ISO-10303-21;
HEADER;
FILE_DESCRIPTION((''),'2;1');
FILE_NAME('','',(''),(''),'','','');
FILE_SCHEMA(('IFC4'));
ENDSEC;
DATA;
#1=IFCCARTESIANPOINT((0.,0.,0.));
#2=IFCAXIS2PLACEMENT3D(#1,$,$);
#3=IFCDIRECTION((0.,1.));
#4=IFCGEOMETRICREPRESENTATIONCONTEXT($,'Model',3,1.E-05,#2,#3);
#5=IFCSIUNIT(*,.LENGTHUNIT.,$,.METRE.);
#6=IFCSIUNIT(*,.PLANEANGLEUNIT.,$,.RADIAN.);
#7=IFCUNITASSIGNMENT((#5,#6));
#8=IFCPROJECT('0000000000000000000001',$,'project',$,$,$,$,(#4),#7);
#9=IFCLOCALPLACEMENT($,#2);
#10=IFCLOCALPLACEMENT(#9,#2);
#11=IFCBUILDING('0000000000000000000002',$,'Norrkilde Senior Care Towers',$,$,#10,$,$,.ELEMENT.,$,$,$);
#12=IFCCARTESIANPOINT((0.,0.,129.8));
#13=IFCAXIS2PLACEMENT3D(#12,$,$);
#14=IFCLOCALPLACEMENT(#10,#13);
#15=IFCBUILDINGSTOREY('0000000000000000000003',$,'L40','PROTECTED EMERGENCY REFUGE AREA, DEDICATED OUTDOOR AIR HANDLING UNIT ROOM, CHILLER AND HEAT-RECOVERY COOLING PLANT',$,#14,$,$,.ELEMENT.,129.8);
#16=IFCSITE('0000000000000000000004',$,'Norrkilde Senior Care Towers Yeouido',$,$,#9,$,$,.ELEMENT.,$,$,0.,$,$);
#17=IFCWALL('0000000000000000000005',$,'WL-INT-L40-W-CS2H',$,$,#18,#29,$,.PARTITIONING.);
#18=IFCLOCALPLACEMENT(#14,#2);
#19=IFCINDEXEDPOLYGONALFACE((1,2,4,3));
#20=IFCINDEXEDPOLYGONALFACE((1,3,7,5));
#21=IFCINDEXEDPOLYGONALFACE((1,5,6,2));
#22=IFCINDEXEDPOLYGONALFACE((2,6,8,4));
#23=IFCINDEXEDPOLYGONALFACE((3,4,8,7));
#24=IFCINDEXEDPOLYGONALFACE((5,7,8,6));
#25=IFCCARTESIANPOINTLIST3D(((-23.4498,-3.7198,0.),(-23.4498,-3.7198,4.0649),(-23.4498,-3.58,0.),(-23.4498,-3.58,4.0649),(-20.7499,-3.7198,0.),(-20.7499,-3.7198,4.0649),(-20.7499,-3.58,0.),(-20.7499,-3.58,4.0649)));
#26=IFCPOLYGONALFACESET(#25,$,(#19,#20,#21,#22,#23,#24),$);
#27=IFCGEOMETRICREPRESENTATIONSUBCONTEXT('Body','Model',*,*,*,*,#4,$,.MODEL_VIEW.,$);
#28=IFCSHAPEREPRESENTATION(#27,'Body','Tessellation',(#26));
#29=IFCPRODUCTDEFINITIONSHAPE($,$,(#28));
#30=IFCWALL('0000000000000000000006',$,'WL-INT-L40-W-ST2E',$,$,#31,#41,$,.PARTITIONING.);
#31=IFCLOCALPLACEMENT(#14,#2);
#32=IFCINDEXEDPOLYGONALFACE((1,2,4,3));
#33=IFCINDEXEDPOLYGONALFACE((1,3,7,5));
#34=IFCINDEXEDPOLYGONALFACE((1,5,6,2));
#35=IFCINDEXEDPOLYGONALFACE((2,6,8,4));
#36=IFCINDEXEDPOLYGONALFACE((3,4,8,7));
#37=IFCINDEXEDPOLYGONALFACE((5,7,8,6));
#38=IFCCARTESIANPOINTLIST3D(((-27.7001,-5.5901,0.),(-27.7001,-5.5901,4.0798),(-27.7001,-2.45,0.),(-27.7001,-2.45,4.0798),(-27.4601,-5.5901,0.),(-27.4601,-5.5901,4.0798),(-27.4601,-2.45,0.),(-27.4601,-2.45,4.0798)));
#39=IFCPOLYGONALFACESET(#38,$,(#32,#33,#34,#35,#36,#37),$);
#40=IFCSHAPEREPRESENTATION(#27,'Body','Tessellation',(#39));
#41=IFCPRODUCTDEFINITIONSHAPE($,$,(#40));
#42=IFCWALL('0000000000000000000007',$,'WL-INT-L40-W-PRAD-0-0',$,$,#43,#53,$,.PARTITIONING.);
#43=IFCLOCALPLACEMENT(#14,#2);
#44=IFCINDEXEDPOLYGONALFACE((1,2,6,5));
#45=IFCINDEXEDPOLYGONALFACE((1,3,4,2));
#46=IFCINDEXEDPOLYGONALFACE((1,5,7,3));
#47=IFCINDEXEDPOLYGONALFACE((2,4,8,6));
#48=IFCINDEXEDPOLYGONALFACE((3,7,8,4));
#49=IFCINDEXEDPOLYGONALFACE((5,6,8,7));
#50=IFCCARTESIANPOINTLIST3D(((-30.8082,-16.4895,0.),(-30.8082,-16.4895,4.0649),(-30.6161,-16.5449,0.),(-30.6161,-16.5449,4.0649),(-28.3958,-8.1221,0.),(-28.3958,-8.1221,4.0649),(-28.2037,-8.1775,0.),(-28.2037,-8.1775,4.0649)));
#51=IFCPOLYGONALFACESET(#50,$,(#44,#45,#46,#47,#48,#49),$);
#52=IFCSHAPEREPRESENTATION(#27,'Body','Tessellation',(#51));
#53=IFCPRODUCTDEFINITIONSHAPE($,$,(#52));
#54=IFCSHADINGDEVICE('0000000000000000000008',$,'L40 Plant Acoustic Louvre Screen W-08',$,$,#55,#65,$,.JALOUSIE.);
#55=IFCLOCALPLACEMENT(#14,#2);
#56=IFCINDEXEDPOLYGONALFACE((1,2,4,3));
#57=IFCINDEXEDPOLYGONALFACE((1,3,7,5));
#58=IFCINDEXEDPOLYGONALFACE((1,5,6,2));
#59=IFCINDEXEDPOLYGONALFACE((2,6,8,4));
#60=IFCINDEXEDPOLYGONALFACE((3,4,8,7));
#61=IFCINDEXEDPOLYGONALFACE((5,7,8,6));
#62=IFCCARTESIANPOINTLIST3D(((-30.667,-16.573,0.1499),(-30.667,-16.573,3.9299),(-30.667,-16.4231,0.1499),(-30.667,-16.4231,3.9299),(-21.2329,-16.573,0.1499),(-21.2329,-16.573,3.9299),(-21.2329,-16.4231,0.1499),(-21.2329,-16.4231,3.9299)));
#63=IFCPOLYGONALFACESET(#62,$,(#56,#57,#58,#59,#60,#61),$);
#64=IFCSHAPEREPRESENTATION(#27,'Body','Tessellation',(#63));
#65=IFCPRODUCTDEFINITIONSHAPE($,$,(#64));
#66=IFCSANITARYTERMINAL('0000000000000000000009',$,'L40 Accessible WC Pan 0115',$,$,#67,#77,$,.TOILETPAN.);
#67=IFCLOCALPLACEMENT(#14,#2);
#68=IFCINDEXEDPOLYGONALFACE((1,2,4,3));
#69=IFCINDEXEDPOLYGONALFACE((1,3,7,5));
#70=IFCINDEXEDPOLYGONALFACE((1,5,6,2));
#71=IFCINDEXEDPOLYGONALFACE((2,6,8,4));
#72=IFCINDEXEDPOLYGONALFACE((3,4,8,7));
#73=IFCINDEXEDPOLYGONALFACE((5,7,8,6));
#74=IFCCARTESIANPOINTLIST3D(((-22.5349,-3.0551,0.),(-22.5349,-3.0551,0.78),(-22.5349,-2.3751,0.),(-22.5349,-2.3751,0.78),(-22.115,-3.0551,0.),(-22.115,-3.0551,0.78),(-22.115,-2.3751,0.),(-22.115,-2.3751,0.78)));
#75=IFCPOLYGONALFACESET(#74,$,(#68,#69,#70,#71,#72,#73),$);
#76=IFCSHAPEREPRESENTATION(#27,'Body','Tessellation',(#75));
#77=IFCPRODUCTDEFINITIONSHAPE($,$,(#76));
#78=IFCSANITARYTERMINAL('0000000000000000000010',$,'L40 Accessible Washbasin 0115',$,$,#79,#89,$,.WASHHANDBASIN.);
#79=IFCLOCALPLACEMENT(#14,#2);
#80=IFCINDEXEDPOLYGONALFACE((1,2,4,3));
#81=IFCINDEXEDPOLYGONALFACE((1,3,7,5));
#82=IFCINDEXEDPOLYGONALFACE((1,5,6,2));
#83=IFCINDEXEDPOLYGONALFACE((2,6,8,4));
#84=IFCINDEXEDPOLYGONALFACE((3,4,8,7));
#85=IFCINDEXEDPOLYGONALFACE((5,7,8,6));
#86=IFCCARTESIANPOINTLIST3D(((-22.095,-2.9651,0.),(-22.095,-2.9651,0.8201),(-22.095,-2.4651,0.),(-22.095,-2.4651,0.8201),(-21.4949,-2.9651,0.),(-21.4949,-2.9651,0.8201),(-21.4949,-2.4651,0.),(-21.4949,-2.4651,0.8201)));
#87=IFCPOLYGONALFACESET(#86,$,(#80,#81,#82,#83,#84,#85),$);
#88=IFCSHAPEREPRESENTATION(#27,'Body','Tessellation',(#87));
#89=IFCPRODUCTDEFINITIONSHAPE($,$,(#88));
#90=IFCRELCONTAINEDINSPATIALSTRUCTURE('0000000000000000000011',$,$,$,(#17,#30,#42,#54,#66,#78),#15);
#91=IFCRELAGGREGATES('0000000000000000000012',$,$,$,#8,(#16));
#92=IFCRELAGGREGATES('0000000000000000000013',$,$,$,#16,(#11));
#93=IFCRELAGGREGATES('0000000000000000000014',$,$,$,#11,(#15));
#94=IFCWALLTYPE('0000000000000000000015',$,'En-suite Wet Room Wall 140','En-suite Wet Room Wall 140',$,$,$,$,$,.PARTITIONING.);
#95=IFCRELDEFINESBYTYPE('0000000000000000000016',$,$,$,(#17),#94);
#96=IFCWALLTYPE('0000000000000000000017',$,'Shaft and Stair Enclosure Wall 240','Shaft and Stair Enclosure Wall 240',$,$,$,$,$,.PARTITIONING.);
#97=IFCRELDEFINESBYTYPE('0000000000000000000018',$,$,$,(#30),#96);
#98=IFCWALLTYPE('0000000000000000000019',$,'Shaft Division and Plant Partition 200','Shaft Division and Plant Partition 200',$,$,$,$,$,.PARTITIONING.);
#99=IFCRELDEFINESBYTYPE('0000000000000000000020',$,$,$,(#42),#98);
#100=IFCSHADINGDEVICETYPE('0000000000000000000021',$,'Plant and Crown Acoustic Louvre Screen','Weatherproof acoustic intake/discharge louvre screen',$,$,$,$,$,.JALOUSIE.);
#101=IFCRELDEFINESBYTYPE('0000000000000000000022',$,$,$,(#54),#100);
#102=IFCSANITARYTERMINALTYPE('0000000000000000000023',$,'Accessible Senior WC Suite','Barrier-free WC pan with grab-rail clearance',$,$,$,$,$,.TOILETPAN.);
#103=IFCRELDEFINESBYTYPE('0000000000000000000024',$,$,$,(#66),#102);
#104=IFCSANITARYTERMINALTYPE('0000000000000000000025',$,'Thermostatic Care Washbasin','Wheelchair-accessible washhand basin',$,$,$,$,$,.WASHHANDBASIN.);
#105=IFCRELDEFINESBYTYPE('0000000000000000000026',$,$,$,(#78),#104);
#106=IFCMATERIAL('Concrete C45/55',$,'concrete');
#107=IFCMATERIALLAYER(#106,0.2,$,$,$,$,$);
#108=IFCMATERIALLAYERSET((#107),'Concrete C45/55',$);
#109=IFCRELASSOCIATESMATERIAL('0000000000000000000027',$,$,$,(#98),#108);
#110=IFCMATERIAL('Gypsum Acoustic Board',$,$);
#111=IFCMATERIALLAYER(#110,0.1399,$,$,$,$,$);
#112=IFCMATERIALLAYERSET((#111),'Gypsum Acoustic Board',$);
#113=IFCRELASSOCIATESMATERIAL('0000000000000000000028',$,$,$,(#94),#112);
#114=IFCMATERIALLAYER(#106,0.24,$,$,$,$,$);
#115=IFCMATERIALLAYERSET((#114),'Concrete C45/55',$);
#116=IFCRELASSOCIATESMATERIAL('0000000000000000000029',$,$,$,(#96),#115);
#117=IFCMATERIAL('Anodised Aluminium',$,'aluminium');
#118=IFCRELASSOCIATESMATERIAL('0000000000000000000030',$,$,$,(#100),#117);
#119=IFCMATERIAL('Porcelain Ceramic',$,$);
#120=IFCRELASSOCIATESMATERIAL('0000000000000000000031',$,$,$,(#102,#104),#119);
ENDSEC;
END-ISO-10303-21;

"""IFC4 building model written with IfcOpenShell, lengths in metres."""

from ifc_helpers import new_model, si_unit, direction, frame, frame_2d, origin, origin_2d, place, context, subcontext, project, spatial, rectangle, extrude, source, transform, mapped, material, layer, layer_set, type_object, type_shapes, element, save


model = new_model("IFC4")

# Units and contexts
model_context = context("Model", 3, precision=1e-05, world=origin(), true_north=direction((0.0, 1.0)))
body_context = subcontext(model_context, "Body", "Model", "MODEL_VIEW")
ifc_project = project(units=[si_unit("LENGTHUNIT", "METRE"), si_unit("PLANEANGLEUNIT", "RADIAN")], contexts=[model_context])

# Site, building, storey
site_placement = place(None, origin())
site = spatial("IfcSite", under=ifc_project, at=site_placement, Name="Norrkilde Senior Care Towers Yeouido", CompositionType="ELEMENT", RefElevation=0.0)
building_placement = place(site_placement, origin())
building = spatial("IfcBuilding", under=site, at=building_placement, Name="Norrkilde Senior Care Towers", CompositionType="ELEMENT")
storey_placement = place(building_placement, frame((0.0, 0.0, 129.8)))
storey = spatial("IfcBuildingStorey", under=building, at=storey_placement, Name="L40", Description="PROTECTED EMERGENCY REFUGE AREA, DEDICATED OUTDOOR AIR HANDLING UNIT ROOM, CHILLER AND HEAT-RECOVERY COOLING PLANT", CompositionType="ELEMENT", Elevation=129.8)

# Shared definitions
ifc_material_1 = material(Name="Anodised Aluminium", Category="aluminium")

# Shared definitions
ifc_material_2 = material(Name="Concrete C45/55", Category="concrete")
ifc_layer_1 = layer(ifc_material_2, 0.2)
ifc_layer_set_1 = layer_set([ifc_layer_1], Name="Concrete C45/55")
wall_type_1 = type_object("IfcWallType", Name="Shaft Division and Plant Partition 200", Description="Shaft Division and Plant Partition 200", PredefinedType="PARTITIONING", material=ifc_layer_set_1)

# Shared definitions
ifc_material_3 = material(Name="Gypsum Acoustic Board")

# Walls
ifc_layer_2 = layer(ifc_material_3, 0.1399)
ifc_layer_set_2 = layer_set([ifc_layer_2], Name="Gypsum Acoustic Board")
wall_type_2 = type_object("IfcWallType", Name="En-suite Wet Room Wall 140", Description="En-suite Wet Room Wall 140", PredefinedType="PARTITIONING", material=ifc_layer_set_2)
shared_shape_1 = source(origin(), body_context, "Body", "SweptSolid", [
    extrude(rectangle(XDim=2.7, YDim=0.1399, at=frame_2d((1.3501, 0.0))), origin(), (0.0, 0.0, 1.0), 4.0649),
])
type_shapes(wall_type_2, [shared_shape_1])
wall_1_placement = place(storey_placement, frame((-23.45, -3.6499, 0.0), z_axis=(0.0, 0.0, 1.0), x_axis=(1.0, 0.0, 0.0)))
element("IfcWall", 1, at=wall_1_placement, inside=storey, type_object=wall_type_2, Name="WL-INT-L40-W-CS2H", PredefinedType="PARTITIONING", context=body_context, shape_type="MappedRepresentation", body=[
    mapped(shared_shape_1, transform((0.0, 0.0, 0.0), x_axis=(1.0, 0.0, 0.0), y_axis=(0.0, 1.0, 0.0), z_axis=(0.0, 0.0, 1.0), scale=1.0)),
])
ifc_layer_3 = layer(ifc_material_2, 0.24)
ifc_layer_set_3 = layer_set([ifc_layer_3], Name="Concrete C45/55")
wall_type_3 = type_object("IfcWallType", Name="Shaft and Stair Enclosure Wall 240", Description="Shaft and Stair Enclosure Wall 240", PredefinedType="PARTITIONING", material=ifc_layer_set_3)
shared_shape_2 = source(origin(), body_context, "Body", "SweptSolid", [
    extrude(rectangle(XDim=3.1401, YDim=0.24, at=frame_2d((1.5701, 0.0))), origin(), (0.0, 0.0, 1.0), 4.0798),
])
type_shapes(wall_type_3, [shared_shape_2])
wall_2_placement = place(storey_placement, frame((-27.5801, -5.5901, 0.0), z_axis=(0.0, 0.0, 1.0), x_axis=(0.0, 1.0, 0.0)))
element("IfcWall", 2, at=wall_2_placement, inside=storey, type_object=wall_type_3, Name="WL-INT-L40-W-ST2E", PredefinedType="PARTITIONING", context=body_context, shape_type="MappedRepresentation", body=[
    mapped(shared_shape_2, transform((0.0, 0.0, 0.0), x_axis=(1.0, 0.0, 0.0), y_axis=(0.0, 1.0, 0.0), z_axis=(0.0, 0.0, 1.0), scale=1.0)),
])
shared_shape_3 = source(origin(), body_context, "Body", "SweptSolid", [
    extrude(rectangle(XDim=8.7083, YDim=0.2, at=frame_2d((4.354, 0.0))), origin(), (0.0, 0.0, 1.0), 4.0649),
])
wall_3_placement = place(storey_placement, frame((-28.2998, -8.1499, 0.0), z_axis=(0.0, 0.0, 1.0), x_axis=(-0.27702, -0.960864, 0.0)))
element("IfcWall", 3, at=wall_3_placement, inside=storey, type_object=wall_type_1, Name="WL-INT-L40-W-PRAD-0-0", PredefinedType="PARTITIONING", context=body_context, shape_type="MappedRepresentation", body=[
    mapped(shared_shape_3, transform((0.0, 0.0, 0.0), x_axis=(1.0, 0.0, 0.0), y_axis=(0.0, 1.0, 0.0), z_axis=(0.0, 0.0, 1.0), scale=1.0)),
])

# Shading device
shading_device_type = type_object("IfcShadingDeviceType", Name="Plant and Crown Acoustic Louvre Screen", Description="Weatherproof acoustic intake/discharge louvre screen", PredefinedType="JALOUSIE", material=ifc_material_1)
shared_shape_4 = source(origin(), body_context, "Body", "SweptSolid", [
    extrude(rectangle(XDim=9.4341, YDim=0.1499, at=origin_2d()), origin(), (0.0, 0.0, 1.0), 3.78),
])
type_shapes(shading_device_type, [shared_shape_4])
shading_device_placement = place(storey_placement, frame((-25.95, -16.498, 0.1499), z_axis=(0.0, 0.0, 1.0), x_axis=(-1.0, 0.0, 0.0)))
element("IfcShadingDevice", 4, at=shading_device_placement, inside=storey, type_object=shading_device_type, Name="L40 Plant Acoustic Louvre Screen W-08", PredefinedType="JALOUSIE", context=body_context, shape_type="MappedRepresentation", body=[
    mapped(shared_shape_4, transform((0.0, 0.0, 0.0), x_axis=(1.0, 0.0, 0.0), y_axis=(0.0, 1.0, 0.0), z_axis=(0.0, 0.0, 1.0), scale=1.0)),
])

# Sanitary terminals
ifc_material_4 = material(Name="Porcelain Ceramic")
sanitary_terminal_type_1 = type_object("IfcSanitaryTerminalType", Name="Accessible Senior WC Suite", Description="Barrier-free WC pan with grab-rail clearance", PredefinedType="TOILETPAN", material=ifc_material_4)
shared_shape_5 = source(origin(), body_context, "Body", "SweptSolid", [
    extrude(rectangle(XDim=0.4199, YDim=0.6799, at=origin_2d()), origin(), (0.0, 0.0, 1.0), 0.78),
])
type_shapes(sanitary_terminal_type_1, [shared_shape_5])
sanitary_terminal_1_placement = place(storey_placement, frame((-22.325, -2.7151, 0.0), z_axis=(0.0, 0.0, 1.0), x_axis=(1.0, 0.0, 0.0)))
element("IfcSanitaryTerminal", 5, at=sanitary_terminal_1_placement, inside=storey, type_object=sanitary_terminal_type_1, Name="L40 Accessible WC Pan 0115", PredefinedType="TOILETPAN", context=body_context, shape_type="MappedRepresentation", body=[
    mapped(shared_shape_5, transform((0.0, 0.0, 0.0), x_axis=(1.0, 0.0, 0.0), y_axis=(0.0, 1.0, 0.0), z_axis=(0.0, 0.0, 1.0), scale=1.0)),
])
sanitary_terminal_type_2 = type_object("IfcSanitaryTerminalType", Name="Thermostatic Care Washbasin", Description="Wheelchair-accessible washhand basin", PredefinedType="WASHHANDBASIN", material=ifc_material_4)
shared_shape_6 = source(origin(), body_context, "Body", "SweptSolid", [
    extrude(rectangle(XDim=0.6001, YDim=0.5, at=origin_2d()), origin(), (0.0, 0.0, 1.0), 0.8201),
])
type_shapes(sanitary_terminal_type_2, [shared_shape_6])
sanitary_terminal_2_placement = place(storey_placement, frame((-21.7949, -2.7151, 0.0), z_axis=(0.0, 0.0, 1.0), x_axis=(1.0, 0.0, 0.0)))
element("IfcSanitaryTerminal", 6, at=sanitary_terminal_2_placement, inside=storey, type_object=sanitary_terminal_type_2, Name="L40 Accessible Washbasin 0115", PredefinedType="WASHHANDBASIN", context=body_context, shape_type="MappedRepresentation", body=[
    mapped(shared_shape_6, transform((0.0, 0.0, 0.0), x_axis=(1.0, 0.0, 0.0), y_axis=(0.0, 1.0, 0.0), z_axis=(0.0, 0.0, 1.0), scale=1.0)),
])

save(model, "model.ifc")
